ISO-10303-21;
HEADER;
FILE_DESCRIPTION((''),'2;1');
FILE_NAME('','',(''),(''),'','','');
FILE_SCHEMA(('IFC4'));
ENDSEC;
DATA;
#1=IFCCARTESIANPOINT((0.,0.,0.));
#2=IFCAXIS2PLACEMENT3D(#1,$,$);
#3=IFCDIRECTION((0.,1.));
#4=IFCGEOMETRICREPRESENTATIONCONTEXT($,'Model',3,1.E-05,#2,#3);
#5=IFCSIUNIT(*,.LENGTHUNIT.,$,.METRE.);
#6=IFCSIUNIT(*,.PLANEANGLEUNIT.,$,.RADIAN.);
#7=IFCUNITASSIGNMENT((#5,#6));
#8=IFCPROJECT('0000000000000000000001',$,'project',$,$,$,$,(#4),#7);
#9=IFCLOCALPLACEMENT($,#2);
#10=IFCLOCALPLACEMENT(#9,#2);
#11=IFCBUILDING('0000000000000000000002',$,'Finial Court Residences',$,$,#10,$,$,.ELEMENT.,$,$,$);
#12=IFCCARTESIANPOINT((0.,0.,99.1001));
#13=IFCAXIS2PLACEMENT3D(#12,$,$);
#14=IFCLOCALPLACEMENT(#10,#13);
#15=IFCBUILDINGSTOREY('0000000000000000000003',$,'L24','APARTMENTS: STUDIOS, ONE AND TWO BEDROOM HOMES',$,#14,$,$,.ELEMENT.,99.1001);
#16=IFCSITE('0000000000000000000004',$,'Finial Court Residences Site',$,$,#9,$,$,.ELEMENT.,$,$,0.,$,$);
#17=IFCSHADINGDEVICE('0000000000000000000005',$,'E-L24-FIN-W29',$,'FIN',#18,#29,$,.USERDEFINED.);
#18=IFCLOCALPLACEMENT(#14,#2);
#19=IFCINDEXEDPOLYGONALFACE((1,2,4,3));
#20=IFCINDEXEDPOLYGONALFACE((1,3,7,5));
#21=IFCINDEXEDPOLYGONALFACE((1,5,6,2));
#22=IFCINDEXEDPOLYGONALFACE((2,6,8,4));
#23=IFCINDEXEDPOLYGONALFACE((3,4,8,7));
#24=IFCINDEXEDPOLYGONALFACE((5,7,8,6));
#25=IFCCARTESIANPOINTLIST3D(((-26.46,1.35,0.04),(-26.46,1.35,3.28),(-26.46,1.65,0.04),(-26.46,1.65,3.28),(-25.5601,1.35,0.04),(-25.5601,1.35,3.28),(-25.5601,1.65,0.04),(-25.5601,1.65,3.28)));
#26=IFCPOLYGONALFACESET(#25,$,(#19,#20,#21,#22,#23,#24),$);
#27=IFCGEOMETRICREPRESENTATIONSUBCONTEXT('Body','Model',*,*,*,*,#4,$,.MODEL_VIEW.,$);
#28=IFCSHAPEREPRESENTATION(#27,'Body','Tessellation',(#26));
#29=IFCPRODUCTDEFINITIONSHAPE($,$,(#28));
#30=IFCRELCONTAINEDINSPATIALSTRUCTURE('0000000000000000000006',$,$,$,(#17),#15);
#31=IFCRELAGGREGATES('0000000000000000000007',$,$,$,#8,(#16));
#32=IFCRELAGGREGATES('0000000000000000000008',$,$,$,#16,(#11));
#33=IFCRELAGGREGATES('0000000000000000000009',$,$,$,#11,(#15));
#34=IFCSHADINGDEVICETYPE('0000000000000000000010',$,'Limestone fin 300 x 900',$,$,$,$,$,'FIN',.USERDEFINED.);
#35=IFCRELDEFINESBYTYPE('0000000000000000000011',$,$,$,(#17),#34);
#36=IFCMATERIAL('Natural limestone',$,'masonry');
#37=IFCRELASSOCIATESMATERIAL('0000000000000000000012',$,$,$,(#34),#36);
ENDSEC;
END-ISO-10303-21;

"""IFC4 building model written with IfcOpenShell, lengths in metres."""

from ifc_helpers import new_model, si_unit, direction, frame, origin, origin_2d, place, context, subcontext, project, spatial, rectangle, extrude, material, type_object, element, save


model = new_model("IFC4")

# Units and contexts
model_context = context("Model", 3, precision=1e-05, world=origin(), true_north=direction((0.0, 1.0)))
body_context = subcontext(model_context, "Body", "Model", "MODEL_VIEW")
ifc_project = project(units=[si_unit("LENGTHUNIT", "METRE"), si_unit("PLANEANGLEUNIT", "RADIAN")], contexts=[model_context])

# Site, building, storey
site_placement = place(None, origin())
site = spatial("IfcSite", under=ifc_project, at=site_placement, Name="Finial Court Residences Site", CompositionType="ELEMENT", RefElevation=0.0)
building_placement = place(site_placement, origin())
building = spatial("IfcBuilding", under=site, at=building_placement, Name="Finial Court Residences", CompositionType="ELEMENT")
storey_placement = place(building_placement, frame((0.0, 0.0, 99.1001)))
storey = spatial("IfcBuildingStorey", under=building, at=storey_placement, Name="L24", Description="APARTMENTS: STUDIOS, ONE AND TWO BEDROOM HOMES", CompositionType="ELEMENT", Elevation=99.1001)

# Shared definitions
ifc_material_1 = material(Name="Natural limestone", Category="masonry")

# Shading device
shading_device_type = type_object("IfcShadingDeviceType", Name="Limestone fin 300 x 900", ElementType="FIN", PredefinedType="USERDEFINED", material=ifc_material_1)
shading_device_placement = place(storey_placement, frame((-26.01, 1.5, 0.04), z_axis=(0.0, 0.0, 1.0), x_axis=(1.0, 0.0, 0.0)))
element("IfcShadingDevice", 1, at=shading_device_placement, inside=storey, type_object=shading_device_type, Name="E-L24-FIN-W29", ObjectType="FIN", PredefinedType="USERDEFINED", context=body_context, shape_type="SweptSolid", body=[
    extrude(rectangle(XDim=0.8999, YDim=0.3, at=origin_2d()), origin(), (0.0, 0.0, 1.0), 3.24),
])

save(model, "model.ifc")
